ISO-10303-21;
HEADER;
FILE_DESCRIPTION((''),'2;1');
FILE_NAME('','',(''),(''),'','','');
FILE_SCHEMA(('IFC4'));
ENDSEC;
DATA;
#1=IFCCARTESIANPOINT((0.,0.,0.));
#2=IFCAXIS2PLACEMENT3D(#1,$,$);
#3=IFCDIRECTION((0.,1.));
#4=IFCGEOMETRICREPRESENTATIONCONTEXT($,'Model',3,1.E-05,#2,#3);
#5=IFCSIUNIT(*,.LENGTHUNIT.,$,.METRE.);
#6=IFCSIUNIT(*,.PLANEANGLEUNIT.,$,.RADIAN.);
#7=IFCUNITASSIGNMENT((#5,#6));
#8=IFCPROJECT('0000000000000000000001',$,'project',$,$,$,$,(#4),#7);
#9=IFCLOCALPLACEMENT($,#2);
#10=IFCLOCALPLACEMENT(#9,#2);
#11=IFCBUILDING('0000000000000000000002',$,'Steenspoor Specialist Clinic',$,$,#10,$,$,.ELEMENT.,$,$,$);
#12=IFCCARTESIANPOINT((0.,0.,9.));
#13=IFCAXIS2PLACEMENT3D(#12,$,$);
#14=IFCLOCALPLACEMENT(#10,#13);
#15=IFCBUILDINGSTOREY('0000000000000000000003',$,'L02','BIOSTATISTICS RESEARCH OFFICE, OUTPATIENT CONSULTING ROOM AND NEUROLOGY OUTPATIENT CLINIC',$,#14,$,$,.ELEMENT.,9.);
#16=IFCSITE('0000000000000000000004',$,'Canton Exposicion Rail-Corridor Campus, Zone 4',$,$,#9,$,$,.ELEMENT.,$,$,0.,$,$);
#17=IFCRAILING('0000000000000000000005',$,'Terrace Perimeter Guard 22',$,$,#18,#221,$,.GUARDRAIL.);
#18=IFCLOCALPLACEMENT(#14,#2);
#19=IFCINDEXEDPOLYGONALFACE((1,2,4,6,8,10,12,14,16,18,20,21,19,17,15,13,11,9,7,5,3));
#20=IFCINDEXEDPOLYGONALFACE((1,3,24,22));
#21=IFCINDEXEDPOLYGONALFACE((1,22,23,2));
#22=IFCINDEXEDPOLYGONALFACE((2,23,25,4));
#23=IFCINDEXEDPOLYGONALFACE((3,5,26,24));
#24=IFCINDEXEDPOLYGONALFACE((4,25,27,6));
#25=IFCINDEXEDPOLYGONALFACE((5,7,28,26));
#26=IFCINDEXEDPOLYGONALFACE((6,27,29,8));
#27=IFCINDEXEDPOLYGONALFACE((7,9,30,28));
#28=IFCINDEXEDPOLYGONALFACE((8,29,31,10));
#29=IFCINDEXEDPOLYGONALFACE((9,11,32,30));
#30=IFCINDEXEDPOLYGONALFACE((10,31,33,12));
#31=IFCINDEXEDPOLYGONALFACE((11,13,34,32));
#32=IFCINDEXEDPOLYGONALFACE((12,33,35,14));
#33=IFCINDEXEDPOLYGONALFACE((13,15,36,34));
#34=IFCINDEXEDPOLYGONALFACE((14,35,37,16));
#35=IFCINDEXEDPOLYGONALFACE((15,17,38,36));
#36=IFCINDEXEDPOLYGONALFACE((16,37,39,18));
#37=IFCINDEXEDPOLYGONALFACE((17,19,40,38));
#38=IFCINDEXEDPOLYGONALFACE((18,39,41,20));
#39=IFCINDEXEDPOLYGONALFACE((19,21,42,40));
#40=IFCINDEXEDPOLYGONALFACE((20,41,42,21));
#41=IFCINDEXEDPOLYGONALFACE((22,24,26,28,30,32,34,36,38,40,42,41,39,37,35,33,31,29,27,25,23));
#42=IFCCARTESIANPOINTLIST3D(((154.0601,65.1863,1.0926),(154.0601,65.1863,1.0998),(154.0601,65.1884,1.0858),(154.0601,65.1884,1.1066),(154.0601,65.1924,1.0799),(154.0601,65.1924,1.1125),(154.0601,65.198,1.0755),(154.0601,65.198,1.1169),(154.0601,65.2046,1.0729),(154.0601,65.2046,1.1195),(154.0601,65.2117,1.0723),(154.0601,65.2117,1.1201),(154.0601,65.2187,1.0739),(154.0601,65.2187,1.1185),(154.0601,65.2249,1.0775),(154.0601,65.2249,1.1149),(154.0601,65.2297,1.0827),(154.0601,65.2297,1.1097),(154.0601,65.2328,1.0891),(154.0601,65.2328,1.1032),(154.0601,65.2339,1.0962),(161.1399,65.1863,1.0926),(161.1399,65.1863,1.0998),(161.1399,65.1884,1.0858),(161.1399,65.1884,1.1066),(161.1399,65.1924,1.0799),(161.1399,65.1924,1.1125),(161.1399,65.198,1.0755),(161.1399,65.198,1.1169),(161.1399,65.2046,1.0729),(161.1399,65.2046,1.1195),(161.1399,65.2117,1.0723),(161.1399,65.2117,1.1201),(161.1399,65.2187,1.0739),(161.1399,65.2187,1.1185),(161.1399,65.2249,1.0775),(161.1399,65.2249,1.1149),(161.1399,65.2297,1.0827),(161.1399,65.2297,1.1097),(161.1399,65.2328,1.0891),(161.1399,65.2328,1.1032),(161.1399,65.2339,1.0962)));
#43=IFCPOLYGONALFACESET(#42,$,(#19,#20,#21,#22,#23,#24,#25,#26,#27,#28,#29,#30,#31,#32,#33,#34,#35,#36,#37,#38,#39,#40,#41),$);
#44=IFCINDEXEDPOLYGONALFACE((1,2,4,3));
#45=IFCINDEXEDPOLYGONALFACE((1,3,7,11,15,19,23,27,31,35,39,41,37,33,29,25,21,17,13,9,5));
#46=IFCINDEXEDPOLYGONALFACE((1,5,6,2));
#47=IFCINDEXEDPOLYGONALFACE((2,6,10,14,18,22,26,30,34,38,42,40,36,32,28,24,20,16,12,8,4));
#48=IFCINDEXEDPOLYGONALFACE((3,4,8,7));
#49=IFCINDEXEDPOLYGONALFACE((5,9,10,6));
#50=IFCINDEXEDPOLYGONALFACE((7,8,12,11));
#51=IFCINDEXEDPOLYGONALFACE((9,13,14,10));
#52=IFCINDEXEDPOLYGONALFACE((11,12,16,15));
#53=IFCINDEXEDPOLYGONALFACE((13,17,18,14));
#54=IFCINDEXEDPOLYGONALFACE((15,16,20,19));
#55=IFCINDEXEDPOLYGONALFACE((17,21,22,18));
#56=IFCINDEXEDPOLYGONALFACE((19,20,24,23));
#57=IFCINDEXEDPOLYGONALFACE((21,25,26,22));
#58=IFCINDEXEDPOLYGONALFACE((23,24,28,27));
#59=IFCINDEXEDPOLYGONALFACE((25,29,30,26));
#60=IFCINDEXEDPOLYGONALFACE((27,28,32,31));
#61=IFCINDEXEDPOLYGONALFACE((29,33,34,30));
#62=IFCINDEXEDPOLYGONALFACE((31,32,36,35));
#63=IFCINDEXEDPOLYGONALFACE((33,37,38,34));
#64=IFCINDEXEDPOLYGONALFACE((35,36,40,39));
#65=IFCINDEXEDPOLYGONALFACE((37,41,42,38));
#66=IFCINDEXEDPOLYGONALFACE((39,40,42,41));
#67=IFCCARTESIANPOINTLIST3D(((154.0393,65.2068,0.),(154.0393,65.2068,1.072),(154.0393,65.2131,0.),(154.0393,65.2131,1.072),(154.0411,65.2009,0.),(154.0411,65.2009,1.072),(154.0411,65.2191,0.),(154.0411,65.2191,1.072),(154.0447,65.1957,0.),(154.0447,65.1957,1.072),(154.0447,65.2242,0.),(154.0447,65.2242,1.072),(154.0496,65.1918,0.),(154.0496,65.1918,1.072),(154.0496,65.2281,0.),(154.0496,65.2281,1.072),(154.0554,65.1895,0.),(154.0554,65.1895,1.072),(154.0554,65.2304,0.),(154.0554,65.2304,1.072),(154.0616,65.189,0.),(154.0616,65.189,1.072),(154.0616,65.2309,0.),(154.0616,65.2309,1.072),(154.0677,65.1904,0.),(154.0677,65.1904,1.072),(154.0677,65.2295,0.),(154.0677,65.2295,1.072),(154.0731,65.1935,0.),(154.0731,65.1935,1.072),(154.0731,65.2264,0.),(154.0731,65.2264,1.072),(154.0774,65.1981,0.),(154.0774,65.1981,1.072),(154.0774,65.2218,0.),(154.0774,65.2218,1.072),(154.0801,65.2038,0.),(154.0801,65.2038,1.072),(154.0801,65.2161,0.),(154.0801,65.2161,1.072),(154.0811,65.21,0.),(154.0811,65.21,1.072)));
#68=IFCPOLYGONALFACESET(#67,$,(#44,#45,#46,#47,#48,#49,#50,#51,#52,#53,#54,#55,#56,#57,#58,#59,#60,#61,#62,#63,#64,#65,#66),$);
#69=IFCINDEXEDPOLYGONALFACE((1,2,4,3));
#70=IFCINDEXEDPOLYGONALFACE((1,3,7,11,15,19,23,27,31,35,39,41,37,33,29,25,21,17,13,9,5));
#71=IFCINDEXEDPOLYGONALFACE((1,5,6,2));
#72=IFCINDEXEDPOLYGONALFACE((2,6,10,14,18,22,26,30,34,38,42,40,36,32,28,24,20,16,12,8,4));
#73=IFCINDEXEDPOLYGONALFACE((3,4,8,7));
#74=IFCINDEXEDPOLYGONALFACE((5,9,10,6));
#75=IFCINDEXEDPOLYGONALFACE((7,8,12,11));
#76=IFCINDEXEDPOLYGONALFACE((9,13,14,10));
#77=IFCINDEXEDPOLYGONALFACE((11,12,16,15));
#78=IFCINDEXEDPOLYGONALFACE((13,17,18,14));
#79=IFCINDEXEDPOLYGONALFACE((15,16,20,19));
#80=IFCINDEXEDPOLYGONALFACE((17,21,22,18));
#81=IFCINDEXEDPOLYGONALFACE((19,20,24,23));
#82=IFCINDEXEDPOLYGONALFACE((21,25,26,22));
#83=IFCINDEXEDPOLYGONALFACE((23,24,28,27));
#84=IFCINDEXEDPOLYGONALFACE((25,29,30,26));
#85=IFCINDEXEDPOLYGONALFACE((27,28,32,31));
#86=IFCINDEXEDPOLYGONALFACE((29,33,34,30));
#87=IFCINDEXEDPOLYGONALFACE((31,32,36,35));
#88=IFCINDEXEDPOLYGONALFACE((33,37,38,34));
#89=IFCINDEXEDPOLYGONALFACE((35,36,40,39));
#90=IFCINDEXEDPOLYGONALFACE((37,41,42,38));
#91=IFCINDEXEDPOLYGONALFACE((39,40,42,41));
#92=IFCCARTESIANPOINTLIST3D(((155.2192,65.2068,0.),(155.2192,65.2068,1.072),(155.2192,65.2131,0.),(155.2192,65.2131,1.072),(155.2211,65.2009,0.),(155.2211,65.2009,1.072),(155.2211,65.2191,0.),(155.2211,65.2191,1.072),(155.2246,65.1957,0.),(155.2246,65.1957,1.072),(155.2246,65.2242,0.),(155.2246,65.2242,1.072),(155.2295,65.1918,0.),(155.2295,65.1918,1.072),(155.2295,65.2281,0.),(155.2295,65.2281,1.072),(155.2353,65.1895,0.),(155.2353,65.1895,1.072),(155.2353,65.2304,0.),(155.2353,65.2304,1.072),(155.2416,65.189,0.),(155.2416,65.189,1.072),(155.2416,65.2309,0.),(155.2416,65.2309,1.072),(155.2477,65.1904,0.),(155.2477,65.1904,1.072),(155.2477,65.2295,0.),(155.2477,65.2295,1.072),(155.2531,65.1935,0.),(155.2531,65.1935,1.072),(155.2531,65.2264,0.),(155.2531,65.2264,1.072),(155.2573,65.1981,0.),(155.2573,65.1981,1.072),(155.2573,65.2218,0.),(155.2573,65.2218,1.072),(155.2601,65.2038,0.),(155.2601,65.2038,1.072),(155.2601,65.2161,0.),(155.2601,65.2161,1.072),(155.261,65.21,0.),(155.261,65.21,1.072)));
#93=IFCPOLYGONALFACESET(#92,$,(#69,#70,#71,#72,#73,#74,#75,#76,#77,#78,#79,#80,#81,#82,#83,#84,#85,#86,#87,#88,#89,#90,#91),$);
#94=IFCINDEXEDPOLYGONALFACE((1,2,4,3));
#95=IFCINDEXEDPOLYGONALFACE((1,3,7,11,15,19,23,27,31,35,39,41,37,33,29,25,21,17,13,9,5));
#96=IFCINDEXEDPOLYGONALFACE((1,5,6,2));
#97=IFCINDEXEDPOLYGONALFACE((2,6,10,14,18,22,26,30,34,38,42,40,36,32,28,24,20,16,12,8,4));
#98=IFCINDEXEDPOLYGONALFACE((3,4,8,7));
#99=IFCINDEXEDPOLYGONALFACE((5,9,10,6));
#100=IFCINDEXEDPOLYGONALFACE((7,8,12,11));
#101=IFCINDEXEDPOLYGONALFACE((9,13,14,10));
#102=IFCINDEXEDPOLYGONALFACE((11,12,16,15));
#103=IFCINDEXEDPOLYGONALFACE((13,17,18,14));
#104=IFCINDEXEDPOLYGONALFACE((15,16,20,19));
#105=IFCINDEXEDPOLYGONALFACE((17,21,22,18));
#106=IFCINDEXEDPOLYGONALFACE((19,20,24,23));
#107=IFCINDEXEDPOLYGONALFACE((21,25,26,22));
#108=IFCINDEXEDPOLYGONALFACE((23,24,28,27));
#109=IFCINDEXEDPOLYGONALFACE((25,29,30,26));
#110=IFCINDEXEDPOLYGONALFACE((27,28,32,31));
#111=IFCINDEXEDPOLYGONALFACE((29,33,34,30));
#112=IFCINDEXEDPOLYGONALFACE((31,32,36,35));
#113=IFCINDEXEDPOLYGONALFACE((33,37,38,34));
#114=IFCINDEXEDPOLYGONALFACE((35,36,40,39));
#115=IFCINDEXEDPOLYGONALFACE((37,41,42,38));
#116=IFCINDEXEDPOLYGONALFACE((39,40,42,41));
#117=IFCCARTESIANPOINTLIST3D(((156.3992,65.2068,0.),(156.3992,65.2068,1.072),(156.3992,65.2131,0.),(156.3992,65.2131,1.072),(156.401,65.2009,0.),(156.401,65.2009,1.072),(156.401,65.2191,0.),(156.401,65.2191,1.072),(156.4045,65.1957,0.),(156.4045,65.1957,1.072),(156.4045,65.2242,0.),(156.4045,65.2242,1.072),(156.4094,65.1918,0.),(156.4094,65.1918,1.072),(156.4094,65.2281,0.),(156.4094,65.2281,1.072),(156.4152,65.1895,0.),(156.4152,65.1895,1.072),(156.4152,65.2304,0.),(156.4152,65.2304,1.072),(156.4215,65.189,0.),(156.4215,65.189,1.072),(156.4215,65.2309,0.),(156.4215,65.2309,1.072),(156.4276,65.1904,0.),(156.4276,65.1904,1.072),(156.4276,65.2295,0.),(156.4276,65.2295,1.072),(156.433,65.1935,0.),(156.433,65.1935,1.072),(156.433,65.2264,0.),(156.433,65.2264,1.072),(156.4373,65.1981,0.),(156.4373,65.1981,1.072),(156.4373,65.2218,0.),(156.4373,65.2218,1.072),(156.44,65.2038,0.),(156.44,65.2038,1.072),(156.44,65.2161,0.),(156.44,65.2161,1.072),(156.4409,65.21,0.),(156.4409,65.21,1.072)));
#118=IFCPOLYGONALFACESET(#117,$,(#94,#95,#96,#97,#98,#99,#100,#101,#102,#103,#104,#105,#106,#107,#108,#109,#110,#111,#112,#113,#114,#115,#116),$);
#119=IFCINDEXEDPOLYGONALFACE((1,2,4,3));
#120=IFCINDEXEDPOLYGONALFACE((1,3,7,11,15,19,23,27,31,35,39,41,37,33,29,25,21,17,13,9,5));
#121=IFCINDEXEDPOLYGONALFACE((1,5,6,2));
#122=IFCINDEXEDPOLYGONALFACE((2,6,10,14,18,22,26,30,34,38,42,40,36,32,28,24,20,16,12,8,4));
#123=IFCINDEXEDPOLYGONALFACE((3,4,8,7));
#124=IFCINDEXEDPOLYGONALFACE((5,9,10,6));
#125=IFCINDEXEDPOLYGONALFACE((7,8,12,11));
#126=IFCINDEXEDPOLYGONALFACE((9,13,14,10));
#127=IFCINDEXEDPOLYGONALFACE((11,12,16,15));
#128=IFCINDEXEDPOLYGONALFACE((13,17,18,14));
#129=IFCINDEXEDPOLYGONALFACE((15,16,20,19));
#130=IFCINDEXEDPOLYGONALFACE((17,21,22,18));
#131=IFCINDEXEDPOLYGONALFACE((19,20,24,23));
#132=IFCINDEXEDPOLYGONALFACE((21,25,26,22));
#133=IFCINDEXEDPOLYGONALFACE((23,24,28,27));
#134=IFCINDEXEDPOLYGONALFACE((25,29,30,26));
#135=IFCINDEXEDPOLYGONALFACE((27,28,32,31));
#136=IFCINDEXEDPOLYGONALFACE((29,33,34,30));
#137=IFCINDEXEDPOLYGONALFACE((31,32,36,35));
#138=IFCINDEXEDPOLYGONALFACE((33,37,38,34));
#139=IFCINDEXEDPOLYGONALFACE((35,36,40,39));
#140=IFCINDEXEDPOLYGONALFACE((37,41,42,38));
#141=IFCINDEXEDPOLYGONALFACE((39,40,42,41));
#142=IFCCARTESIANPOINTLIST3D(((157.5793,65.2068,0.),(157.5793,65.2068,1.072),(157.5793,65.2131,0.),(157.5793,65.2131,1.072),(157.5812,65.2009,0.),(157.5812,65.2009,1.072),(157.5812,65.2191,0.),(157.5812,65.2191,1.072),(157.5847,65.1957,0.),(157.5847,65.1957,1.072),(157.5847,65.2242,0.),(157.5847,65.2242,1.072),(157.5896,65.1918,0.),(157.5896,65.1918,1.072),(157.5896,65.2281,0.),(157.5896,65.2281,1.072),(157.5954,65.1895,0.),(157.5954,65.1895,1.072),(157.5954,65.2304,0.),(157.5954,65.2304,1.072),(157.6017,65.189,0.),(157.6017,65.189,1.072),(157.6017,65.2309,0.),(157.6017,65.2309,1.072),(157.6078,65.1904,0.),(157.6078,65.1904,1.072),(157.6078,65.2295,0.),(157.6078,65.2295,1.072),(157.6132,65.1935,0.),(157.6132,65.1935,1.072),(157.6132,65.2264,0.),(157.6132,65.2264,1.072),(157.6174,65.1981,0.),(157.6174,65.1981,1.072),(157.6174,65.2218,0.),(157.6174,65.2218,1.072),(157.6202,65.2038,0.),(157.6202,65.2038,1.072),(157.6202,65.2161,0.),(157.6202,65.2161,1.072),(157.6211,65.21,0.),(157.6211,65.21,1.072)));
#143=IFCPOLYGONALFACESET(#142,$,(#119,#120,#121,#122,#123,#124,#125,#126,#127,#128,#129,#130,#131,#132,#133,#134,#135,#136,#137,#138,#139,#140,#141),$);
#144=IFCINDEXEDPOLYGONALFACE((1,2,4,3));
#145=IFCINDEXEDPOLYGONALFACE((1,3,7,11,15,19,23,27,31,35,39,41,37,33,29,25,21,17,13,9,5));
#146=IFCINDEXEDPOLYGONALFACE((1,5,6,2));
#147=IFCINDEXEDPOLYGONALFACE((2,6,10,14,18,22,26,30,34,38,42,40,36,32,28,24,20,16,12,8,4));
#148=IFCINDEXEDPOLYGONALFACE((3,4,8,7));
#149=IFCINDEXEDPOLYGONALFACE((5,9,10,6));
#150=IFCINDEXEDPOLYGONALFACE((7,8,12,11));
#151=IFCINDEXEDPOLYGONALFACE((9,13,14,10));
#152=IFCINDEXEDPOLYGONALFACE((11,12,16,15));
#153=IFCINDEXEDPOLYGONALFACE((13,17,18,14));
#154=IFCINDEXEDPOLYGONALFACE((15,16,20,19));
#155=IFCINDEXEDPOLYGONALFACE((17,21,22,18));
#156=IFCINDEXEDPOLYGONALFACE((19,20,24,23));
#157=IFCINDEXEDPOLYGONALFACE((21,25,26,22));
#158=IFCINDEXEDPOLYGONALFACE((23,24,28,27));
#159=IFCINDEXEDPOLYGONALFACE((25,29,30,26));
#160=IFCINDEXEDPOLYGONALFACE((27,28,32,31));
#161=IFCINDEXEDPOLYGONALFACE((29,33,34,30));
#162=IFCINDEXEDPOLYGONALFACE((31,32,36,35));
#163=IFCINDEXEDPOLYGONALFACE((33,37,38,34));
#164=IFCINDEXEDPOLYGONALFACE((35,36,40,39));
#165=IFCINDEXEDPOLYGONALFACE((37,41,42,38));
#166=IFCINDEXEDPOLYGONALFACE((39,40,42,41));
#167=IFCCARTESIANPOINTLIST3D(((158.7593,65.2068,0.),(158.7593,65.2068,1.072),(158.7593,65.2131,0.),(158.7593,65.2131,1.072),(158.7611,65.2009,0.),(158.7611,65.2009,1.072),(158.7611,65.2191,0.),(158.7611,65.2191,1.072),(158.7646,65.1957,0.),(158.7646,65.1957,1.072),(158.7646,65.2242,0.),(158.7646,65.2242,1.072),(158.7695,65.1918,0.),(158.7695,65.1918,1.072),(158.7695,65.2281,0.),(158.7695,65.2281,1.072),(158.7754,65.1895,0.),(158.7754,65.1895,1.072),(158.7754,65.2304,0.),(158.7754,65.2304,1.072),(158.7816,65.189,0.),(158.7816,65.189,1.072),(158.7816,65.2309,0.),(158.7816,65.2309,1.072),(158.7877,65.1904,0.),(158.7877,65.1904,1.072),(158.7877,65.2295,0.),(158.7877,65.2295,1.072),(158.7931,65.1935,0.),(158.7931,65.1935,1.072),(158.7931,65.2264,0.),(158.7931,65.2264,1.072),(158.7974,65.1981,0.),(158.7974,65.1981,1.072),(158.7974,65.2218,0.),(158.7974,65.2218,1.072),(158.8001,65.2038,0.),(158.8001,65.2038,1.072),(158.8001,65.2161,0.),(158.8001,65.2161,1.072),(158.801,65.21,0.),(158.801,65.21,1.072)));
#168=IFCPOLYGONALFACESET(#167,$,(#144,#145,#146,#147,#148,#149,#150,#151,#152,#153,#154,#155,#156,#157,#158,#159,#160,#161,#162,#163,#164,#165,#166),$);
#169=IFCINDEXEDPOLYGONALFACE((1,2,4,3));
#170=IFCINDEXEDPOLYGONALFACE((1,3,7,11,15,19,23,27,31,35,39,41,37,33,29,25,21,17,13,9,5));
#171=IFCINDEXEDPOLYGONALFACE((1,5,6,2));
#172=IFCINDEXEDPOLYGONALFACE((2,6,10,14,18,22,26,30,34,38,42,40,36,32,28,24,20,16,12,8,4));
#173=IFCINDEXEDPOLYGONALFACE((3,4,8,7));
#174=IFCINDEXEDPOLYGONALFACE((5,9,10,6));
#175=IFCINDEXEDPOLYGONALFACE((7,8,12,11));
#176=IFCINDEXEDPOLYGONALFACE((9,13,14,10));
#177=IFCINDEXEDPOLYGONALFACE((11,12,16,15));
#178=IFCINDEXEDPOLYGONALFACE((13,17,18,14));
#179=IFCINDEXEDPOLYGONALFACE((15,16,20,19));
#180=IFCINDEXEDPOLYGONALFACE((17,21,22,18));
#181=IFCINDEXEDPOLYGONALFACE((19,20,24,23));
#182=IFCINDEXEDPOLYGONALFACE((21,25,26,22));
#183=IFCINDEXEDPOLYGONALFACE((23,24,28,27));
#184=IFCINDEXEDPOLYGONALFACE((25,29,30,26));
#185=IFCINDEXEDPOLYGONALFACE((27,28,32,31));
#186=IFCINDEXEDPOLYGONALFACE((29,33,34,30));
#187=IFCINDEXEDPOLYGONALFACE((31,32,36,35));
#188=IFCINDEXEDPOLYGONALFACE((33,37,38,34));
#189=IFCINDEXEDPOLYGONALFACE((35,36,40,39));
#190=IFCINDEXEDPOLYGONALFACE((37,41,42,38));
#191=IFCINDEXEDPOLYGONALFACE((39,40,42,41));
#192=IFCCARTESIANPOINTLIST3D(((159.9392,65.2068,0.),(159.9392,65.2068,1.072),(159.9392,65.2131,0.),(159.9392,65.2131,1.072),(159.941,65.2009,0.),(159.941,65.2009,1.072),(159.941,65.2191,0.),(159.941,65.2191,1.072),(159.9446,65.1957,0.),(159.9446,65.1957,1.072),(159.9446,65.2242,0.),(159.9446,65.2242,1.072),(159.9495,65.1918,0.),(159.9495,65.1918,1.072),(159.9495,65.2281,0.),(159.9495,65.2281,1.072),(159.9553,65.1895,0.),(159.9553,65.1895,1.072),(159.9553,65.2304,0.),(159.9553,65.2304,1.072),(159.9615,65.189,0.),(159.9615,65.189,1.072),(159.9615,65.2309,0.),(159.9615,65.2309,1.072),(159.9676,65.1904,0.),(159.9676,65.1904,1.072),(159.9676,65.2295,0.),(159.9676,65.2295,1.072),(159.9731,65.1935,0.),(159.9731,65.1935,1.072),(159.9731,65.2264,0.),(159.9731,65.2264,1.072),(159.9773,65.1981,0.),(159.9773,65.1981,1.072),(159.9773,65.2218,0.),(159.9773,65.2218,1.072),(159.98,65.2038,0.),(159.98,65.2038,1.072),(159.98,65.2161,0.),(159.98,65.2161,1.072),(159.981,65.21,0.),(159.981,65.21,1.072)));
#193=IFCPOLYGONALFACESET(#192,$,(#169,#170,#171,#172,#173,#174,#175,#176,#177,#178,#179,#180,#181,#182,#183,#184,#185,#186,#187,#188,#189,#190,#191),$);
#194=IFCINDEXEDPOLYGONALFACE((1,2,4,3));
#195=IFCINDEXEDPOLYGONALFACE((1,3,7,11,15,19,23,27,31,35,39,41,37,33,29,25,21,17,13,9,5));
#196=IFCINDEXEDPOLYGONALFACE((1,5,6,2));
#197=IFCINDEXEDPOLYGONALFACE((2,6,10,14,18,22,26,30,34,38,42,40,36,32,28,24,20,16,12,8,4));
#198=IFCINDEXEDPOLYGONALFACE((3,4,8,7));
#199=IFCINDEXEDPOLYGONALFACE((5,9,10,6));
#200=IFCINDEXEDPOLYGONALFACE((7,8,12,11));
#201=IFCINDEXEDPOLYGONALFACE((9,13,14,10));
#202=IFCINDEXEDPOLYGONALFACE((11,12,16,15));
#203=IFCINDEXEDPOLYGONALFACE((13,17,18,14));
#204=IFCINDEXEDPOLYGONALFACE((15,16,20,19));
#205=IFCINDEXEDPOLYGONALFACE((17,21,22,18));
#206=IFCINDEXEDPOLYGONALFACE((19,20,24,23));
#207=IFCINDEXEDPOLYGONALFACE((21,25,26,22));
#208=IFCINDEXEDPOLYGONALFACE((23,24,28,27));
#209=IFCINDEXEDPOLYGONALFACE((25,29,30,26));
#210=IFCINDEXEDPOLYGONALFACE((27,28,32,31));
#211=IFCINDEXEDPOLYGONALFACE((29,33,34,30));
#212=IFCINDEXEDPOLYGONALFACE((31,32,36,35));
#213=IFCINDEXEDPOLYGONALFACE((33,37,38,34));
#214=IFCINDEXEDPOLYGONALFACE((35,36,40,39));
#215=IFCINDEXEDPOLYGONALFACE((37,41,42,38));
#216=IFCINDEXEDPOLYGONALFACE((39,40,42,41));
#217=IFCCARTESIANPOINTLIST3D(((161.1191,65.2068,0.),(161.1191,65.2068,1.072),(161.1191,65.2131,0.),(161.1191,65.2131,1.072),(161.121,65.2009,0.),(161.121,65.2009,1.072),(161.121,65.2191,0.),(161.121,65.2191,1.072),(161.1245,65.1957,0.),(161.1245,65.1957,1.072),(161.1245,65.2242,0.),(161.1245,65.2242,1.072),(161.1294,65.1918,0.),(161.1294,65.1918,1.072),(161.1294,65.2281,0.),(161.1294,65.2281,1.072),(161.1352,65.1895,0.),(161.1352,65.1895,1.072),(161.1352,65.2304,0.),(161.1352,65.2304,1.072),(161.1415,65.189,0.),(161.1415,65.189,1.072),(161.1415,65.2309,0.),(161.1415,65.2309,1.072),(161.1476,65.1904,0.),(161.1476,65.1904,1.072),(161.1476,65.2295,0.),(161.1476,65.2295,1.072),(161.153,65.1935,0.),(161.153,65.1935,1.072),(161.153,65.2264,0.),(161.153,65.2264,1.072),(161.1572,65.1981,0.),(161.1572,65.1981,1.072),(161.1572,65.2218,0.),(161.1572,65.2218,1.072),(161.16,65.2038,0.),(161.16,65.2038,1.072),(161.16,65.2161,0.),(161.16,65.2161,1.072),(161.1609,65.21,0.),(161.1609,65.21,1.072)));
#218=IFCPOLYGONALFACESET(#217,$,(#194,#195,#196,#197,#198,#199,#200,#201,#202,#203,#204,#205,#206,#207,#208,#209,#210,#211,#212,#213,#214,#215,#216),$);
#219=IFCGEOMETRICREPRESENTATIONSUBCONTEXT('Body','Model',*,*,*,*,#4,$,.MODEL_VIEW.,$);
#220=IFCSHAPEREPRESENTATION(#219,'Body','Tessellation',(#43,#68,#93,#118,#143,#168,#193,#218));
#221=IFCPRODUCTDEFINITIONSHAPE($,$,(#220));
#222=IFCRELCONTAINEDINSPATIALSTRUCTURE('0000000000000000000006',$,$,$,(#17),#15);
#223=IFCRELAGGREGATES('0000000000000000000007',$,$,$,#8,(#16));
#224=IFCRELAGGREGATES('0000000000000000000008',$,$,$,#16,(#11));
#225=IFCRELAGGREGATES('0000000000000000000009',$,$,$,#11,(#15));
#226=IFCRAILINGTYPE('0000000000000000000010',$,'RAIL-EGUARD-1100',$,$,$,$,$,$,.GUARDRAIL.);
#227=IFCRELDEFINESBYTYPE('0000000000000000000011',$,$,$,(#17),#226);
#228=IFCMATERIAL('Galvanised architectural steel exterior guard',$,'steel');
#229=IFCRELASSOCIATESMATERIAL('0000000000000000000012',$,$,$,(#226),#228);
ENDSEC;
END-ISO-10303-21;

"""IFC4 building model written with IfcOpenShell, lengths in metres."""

from ifc_helpers import new_model, si_unit, direction, frame, origin, origin_2d, place, context, subcontext, project, spatial, circle, extrude, material, type_object, element, save


model = new_model("IFC4")

# Units and contexts
model_context = context("Model", 3, precision=1e-05, world=origin(), true_north=direction((0.0, 1.0)))
body_context = subcontext(model_context, "Body", "Model", "MODEL_VIEW")
ifc_project = project(units=[si_unit("LENGTHUNIT", "METRE"), si_unit("PLANEANGLEUNIT", "RADIAN")], contexts=[model_context])

# Site, building, storey
site_placement = place(None, origin())
site = spatial("IfcSite", under=ifc_project, at=site_placement, Name="Canton Exposicion Rail-Corridor Campus, Zone 4", CompositionType="ELEMENT", RefElevation=0.0)
building_placement = place(site_placement, origin())
building = spatial("IfcBuilding", under=site, at=building_placement, Name="Steenspoor Specialist Clinic", CompositionType="ELEMENT")
storey_placement = place(building_placement, frame((0.0, 0.0, 9.0)))
storey = spatial("IfcBuildingStorey", under=building, at=storey_placement, Name="L02", Description="BIOSTATISTICS RESEARCH OFFICE, OUTPATIENT CONSULTING ROOM AND NEUROLOGY OUTPATIENT CLINIC", CompositionType="ELEMENT", Elevation=9.0)

# Railing
ifc_material_1 = material(Name="Galvanised architectural steel exterior guard", Category="steel")
railing_type = type_object("IfcRailingType", Name="RAIL-EGUARD-1100", PredefinedType="GUARDRAIL", material=ifc_material_1)
railing_1_placement = place(storey_placement, frame((154.0601, 65.21, 0.0)))
element("IfcRailing", 1, at=railing_1_placement, inside=storey, type_object=railing_type, Name="Terrace Perimeter Guard 22", PredefinedType="GUARDRAIL", context=body_context, shape_type="SweptSolid", body=[
    extrude(circle(Radius=0.0239, at=origin_2d()), frame((0.0, 0.0, 1.0962), z_axis=(1.0, 0.0, 0.0), x_axis=(0.0, 1.0, 0.0)), (0.0, 0.0, 1.0), 7.0798),
    extrude(circle(Radius=0.021, at=origin_2d()), origin(), (0.0, 0.0, 1.0), 1.072),
    extrude(circle(Radius=0.021, at=origin_2d()), frame((1.1799, 0.0, 0.0)), (0.0, 0.0, 1.0), 1.072),
    extrude(circle(Radius=0.021, at=origin_2d()), frame((2.3599, 0.0, 0.0)), (0.0, 0.0, 1.0), 1.072),
    extrude(circle(Radius=0.021, at=origin_2d()), frame((3.54, 0.0, 0.0)), (0.0, 0.0, 1.0), 1.072),
    extrude(circle(Radius=0.021, at=origin_2d()), frame((4.72, 0.0, 0.0)), (0.0, 0.0, 1.0), 1.072),
    extrude(circle(Radius=0.021, at=origin_2d()), frame((5.8999, 0.0, 0.0)), (0.0, 0.0, 1.0), 1.072),
    extrude(circle(Radius=0.021, at=origin_2d()), frame((7.0798, 0.0, 0.0)), (0.0, 0.0, 1.0), 1.072),
])

save(model, "model.ifc")
